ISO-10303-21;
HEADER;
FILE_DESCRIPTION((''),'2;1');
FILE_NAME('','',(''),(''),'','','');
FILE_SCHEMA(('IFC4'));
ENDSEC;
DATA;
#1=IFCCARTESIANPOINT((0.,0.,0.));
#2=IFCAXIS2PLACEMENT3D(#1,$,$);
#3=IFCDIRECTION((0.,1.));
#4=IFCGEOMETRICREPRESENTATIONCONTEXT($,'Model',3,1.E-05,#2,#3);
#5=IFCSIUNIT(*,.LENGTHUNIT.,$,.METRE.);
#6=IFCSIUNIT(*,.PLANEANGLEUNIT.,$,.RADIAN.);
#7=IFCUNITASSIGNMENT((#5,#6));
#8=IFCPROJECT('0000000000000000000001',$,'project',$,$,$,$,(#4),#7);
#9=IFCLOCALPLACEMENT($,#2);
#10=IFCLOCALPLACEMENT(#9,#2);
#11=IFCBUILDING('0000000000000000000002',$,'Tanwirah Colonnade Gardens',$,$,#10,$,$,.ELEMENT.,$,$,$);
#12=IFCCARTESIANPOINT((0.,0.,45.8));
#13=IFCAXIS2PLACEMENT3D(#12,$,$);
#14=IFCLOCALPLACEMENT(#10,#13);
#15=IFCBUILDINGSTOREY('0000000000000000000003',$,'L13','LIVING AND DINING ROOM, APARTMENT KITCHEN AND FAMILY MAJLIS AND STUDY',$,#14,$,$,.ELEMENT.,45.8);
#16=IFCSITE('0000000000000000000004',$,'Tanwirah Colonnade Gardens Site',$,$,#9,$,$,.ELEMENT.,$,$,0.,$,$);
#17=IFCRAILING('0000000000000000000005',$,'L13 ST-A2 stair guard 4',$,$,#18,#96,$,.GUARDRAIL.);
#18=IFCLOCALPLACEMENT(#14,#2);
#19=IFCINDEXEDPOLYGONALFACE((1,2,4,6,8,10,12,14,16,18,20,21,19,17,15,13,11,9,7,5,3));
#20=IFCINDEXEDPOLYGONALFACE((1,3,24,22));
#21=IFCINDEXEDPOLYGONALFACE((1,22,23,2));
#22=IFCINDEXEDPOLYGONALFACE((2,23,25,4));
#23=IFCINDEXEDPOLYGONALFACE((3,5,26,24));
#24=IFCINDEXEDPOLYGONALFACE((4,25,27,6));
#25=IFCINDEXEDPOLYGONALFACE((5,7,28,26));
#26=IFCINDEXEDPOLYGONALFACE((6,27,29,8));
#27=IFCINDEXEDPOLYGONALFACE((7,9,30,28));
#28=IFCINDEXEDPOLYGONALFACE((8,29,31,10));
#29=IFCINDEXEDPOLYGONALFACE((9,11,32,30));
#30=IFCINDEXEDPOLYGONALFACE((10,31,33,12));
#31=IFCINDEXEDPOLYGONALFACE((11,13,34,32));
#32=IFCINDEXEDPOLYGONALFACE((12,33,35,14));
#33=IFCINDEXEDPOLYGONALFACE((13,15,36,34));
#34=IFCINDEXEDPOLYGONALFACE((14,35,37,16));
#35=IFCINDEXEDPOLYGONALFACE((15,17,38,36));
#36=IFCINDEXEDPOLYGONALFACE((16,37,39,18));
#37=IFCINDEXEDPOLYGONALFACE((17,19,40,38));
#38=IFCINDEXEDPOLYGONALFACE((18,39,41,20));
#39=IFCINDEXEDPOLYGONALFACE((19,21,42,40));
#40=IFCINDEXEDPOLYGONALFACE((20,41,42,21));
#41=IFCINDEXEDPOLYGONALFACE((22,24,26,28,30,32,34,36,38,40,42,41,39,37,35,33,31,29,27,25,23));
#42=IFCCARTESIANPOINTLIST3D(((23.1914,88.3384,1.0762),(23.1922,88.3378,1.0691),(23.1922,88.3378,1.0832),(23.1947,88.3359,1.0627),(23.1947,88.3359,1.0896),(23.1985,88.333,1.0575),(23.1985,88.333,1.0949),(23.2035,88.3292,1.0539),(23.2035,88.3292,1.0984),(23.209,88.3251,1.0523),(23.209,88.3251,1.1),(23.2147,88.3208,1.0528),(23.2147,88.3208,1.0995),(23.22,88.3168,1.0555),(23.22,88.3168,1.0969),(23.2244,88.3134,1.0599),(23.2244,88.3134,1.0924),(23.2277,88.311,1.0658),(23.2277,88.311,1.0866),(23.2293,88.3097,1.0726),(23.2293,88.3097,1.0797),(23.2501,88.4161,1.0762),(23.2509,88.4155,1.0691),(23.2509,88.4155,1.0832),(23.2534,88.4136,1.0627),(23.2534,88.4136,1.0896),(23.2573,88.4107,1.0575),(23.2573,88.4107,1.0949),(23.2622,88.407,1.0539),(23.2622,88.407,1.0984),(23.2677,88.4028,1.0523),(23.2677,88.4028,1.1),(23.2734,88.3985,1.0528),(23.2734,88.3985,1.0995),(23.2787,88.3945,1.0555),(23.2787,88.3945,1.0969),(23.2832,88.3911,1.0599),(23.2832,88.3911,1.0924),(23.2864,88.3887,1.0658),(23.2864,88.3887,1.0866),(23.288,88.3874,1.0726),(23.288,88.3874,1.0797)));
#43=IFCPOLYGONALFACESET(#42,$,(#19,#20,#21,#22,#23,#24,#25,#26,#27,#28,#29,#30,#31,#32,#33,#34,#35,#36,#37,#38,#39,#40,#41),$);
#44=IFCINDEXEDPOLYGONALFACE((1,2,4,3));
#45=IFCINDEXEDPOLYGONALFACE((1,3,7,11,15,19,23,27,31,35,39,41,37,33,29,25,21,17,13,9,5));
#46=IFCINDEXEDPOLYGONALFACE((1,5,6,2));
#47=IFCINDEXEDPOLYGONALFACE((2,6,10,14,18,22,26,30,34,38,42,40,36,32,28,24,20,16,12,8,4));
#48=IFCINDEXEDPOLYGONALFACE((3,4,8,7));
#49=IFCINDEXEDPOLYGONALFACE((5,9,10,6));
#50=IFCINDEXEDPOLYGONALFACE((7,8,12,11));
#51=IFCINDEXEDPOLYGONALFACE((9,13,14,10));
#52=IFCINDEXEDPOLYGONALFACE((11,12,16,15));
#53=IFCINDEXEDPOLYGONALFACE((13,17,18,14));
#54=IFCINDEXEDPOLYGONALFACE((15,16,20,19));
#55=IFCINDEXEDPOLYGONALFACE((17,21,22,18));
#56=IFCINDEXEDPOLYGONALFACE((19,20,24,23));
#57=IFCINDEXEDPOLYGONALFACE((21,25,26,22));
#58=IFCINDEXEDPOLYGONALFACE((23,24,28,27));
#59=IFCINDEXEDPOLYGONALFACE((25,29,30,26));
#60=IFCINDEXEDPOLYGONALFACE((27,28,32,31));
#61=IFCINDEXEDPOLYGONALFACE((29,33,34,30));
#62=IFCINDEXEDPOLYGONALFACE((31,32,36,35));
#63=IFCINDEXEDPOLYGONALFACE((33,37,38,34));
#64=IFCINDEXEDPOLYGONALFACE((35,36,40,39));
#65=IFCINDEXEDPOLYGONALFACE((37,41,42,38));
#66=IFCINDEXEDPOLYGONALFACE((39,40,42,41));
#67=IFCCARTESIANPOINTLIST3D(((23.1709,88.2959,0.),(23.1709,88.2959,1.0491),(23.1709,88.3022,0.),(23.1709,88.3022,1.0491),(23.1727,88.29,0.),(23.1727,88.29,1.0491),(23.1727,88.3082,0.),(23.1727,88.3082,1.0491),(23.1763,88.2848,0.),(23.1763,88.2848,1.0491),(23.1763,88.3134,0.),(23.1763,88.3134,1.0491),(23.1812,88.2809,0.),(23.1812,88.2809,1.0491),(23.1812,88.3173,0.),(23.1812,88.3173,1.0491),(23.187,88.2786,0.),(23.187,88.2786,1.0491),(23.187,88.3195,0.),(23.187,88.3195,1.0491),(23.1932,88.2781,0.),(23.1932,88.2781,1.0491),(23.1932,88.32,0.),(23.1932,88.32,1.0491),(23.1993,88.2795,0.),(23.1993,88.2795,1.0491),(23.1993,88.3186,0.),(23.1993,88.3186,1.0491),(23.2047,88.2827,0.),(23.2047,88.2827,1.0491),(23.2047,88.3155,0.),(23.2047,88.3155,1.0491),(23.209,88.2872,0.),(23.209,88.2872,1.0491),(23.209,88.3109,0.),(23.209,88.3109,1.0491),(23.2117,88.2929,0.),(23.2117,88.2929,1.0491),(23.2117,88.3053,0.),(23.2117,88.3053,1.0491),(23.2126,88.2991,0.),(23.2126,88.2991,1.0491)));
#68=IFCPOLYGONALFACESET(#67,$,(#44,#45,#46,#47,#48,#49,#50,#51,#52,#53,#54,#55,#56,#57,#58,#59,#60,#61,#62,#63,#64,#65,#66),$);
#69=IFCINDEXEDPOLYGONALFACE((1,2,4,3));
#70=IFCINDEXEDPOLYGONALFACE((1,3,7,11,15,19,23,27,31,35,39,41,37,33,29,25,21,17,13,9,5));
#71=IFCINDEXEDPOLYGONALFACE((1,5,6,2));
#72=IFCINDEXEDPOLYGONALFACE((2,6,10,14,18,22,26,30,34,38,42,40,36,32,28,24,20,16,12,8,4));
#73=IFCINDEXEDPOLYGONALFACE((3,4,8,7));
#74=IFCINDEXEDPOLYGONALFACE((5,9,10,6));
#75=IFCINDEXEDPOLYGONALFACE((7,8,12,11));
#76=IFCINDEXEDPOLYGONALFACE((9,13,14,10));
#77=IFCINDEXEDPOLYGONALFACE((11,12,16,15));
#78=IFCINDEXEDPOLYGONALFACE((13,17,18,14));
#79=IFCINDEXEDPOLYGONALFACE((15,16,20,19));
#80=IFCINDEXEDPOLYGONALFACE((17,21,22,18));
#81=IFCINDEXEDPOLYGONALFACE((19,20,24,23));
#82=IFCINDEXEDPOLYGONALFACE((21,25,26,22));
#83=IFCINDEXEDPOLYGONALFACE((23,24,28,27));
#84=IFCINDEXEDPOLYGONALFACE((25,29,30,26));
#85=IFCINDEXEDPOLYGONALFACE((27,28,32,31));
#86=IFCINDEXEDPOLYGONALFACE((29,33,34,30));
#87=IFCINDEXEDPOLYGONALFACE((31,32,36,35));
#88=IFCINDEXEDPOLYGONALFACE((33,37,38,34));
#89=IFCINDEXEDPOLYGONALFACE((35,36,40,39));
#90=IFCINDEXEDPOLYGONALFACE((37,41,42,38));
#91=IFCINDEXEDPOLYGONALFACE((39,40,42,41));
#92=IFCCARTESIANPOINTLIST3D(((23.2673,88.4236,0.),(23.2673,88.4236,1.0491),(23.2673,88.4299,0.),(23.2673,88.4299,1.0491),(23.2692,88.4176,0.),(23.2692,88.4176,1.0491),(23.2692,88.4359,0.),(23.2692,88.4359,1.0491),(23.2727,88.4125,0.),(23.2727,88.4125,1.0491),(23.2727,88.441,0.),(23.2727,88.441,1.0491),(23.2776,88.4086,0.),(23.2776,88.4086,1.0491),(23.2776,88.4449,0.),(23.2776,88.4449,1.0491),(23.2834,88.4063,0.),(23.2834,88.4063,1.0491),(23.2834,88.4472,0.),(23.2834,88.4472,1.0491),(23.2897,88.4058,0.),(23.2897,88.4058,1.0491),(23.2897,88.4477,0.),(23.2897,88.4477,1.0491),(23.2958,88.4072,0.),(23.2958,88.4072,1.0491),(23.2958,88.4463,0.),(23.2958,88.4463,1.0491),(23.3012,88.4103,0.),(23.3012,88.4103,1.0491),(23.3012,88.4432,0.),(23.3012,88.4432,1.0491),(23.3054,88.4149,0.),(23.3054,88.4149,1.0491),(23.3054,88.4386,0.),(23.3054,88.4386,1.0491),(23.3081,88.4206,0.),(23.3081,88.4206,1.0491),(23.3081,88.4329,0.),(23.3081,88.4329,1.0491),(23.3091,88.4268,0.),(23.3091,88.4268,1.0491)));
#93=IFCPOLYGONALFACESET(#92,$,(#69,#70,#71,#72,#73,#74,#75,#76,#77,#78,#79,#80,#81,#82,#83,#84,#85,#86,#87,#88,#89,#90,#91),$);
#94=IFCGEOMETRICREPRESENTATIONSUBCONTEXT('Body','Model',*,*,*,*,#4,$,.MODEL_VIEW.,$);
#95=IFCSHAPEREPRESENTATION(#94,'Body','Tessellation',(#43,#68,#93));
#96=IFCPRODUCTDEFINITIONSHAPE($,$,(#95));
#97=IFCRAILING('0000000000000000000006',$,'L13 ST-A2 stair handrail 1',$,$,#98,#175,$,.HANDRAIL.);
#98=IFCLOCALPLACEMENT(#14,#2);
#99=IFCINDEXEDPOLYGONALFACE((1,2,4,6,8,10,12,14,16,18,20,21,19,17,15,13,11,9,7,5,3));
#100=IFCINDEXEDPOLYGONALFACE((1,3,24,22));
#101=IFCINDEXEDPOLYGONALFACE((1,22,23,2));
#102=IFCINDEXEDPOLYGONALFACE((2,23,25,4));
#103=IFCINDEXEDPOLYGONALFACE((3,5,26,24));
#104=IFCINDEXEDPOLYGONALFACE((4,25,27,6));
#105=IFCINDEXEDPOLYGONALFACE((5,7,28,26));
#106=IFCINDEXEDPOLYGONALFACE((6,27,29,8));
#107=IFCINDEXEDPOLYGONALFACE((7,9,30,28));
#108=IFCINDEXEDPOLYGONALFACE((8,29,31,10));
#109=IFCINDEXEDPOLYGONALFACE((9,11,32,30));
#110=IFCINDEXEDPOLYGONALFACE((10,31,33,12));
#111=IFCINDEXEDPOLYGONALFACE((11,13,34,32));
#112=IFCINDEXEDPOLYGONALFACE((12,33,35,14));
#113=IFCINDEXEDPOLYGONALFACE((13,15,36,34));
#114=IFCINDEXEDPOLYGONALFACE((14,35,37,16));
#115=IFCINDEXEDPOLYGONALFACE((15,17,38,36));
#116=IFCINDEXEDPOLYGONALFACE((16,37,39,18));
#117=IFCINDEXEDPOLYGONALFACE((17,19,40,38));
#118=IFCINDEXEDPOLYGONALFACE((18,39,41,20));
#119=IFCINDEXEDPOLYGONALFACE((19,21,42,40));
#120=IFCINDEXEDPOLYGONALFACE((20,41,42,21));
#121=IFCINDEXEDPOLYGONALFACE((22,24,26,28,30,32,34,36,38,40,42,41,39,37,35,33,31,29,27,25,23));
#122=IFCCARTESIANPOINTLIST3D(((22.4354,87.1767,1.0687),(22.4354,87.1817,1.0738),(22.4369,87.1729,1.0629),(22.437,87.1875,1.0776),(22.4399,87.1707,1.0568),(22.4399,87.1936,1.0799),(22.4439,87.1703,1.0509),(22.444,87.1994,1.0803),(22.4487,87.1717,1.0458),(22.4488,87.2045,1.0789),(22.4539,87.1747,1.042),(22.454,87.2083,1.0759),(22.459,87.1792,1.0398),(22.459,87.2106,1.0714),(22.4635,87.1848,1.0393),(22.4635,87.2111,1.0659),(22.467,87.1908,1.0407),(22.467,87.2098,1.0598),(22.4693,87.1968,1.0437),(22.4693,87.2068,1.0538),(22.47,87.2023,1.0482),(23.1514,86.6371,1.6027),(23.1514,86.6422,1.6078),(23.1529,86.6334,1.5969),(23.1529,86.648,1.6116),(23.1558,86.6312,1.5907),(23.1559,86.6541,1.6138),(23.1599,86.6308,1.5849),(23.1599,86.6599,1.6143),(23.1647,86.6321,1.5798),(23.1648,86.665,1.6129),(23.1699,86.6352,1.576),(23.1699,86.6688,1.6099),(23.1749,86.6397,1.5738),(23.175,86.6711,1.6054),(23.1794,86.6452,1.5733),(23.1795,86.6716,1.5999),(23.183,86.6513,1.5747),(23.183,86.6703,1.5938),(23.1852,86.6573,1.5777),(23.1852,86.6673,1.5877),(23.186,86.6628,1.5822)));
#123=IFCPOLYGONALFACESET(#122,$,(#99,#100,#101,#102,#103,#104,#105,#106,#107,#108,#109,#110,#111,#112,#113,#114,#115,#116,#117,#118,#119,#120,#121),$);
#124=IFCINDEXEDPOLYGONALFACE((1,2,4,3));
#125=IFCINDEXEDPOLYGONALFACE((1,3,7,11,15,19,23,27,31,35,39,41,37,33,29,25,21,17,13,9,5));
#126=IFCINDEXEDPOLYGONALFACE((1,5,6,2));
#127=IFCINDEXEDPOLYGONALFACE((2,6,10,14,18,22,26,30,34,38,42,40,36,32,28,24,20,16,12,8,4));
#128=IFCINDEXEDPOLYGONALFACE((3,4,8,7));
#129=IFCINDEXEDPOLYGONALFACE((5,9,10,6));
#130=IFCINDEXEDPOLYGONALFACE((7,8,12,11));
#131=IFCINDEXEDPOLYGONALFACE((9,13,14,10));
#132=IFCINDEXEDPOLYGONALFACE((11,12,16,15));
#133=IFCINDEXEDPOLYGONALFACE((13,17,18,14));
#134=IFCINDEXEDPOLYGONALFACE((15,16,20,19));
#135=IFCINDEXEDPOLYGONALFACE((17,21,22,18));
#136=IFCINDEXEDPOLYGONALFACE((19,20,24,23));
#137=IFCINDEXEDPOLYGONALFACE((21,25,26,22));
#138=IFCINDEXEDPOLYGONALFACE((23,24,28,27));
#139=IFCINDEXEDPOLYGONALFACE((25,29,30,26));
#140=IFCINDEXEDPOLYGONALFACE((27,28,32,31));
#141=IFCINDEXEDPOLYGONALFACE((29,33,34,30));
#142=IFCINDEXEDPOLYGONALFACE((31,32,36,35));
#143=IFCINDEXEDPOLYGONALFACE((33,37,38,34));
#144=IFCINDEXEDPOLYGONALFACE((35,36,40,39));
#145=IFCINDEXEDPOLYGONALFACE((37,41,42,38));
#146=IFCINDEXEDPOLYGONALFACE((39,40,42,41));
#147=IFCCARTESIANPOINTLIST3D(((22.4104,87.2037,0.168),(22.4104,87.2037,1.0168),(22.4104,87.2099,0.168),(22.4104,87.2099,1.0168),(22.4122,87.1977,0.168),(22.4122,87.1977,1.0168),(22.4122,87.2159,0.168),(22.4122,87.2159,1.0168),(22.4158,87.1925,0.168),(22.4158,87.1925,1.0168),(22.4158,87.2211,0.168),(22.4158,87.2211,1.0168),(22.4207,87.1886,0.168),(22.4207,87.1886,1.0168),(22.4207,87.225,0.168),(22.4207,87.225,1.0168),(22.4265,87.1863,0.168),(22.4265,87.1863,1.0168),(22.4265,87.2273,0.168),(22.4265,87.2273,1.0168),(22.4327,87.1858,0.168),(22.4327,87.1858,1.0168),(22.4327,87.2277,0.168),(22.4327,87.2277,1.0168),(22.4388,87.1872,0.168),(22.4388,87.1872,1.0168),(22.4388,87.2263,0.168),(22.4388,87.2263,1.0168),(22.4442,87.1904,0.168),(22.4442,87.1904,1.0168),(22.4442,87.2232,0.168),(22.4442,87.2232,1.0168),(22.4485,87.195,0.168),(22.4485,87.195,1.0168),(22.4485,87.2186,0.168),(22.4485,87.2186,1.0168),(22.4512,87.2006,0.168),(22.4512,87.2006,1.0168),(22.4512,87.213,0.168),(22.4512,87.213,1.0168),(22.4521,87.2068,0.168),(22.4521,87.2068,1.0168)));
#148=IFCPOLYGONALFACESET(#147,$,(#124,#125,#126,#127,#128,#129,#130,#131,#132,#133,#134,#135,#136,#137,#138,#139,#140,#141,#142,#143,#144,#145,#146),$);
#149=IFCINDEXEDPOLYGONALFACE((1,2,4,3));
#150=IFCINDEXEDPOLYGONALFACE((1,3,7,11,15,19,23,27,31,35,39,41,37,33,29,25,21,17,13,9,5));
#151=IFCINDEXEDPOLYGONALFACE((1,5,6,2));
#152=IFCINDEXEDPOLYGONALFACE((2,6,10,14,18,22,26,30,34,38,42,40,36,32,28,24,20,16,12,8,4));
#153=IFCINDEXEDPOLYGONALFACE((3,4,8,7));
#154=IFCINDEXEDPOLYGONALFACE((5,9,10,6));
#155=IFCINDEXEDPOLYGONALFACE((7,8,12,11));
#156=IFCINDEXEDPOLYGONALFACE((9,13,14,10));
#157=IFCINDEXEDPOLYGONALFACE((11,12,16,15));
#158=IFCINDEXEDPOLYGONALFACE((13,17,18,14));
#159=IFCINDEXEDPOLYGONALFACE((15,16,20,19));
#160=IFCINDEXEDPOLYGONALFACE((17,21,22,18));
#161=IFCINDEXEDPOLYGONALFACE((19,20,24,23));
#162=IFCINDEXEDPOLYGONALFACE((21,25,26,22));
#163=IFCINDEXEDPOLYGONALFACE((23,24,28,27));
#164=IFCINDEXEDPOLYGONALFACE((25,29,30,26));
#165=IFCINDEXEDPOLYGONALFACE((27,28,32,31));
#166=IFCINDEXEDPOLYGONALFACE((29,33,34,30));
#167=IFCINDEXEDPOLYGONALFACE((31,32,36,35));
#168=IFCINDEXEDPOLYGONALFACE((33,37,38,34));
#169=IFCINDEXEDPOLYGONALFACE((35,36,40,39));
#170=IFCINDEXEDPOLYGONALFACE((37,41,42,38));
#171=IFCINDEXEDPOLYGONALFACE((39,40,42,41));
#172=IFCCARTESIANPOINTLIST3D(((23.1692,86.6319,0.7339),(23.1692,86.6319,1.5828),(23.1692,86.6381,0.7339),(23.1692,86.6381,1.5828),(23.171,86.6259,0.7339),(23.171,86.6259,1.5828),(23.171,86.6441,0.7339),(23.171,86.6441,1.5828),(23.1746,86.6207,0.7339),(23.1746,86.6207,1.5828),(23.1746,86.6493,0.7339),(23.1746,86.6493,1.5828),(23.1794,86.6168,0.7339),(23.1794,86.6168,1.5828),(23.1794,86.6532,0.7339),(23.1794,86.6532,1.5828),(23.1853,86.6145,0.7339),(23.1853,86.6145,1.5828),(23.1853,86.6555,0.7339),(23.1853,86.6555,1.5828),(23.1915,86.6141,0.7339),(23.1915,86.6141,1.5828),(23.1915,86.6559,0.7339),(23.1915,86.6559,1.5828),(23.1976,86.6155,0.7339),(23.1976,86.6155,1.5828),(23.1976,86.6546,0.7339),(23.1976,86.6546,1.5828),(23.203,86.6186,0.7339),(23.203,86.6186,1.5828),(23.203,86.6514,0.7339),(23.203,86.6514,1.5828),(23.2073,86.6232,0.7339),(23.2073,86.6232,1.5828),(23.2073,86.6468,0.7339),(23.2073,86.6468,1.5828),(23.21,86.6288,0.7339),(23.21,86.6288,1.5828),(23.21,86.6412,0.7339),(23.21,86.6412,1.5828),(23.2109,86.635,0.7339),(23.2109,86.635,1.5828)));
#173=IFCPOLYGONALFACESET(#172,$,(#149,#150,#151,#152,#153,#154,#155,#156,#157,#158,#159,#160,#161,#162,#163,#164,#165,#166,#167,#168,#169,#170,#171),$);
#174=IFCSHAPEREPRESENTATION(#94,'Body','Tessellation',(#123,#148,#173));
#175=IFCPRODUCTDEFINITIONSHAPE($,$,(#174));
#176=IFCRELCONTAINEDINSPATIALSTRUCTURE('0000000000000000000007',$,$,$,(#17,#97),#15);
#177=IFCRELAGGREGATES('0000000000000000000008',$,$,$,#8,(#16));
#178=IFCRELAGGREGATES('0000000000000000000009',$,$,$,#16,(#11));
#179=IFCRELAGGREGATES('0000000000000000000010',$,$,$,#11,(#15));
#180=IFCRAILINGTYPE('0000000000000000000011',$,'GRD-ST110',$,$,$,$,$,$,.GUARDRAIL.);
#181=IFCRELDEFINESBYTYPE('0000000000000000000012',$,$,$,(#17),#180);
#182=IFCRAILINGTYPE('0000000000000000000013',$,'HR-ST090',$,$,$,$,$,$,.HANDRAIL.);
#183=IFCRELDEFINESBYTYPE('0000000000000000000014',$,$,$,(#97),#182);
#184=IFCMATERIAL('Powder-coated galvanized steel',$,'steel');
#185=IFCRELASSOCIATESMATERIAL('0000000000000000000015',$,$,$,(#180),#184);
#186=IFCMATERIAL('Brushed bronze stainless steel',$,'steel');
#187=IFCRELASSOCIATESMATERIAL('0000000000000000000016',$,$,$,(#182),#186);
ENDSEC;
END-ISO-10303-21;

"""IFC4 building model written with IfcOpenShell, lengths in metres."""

from ifc_helpers import new_model, si_unit, direction, frame, origin, origin_2d, place, context, subcontext, project, spatial, circle, extrude, material, type_object, element, save


model = new_model("IFC4")

# Units and contexts
model_context = context("Model", 3, precision=1e-05, world=origin(), true_north=direction((0.0, 1.0)))
body_context = subcontext(model_context, "Body", "Model", "MODEL_VIEW")
ifc_project = project(units=[si_unit("LENGTHUNIT", "METRE"), si_unit("PLANEANGLEUNIT", "RADIAN")], contexts=[model_context])

# Site, building, storey
site_placement = place(None, origin())
site = spatial("IfcSite", under=ifc_project, at=site_placement, Name="Tanwirah Colonnade Gardens Site", CompositionType="ELEMENT", RefElevation=0.0)
building_placement = place(site_placement, origin())
building = spatial("IfcBuilding", under=site, at=building_placement, Name="Tanwirah Colonnade Gardens", CompositionType="ELEMENT")
storey_placement = place(building_placement, frame((0.0, 0.0, 45.8)))
storey = spatial("IfcBuildingStorey", under=building, at=storey_placement, Name="L13", Description="LIVING AND DINING ROOM, APARTMENT KITCHEN AND FAMILY MAJLIS AND STUDY", CompositionType="ELEMENT", Elevation=45.8)

# Railings
ifc_material_1 = material(Name="Powder-coated galvanized steel", Category="steel")
railing_type_1 = type_object("IfcRailingType", Name="GRD-ST110", PredefinedType="GUARDRAIL", material=ifc_material_1)
railing_1_placement = place(storey_placement, frame((23.1917, 88.2991, 0.0)))
element("IfcRailing", 1, at=railing_1_placement, inside=storey, type_object=railing_type_1, Name="L13 ST-A2 stair guard 4", PredefinedType="GUARDRAIL", context=body_context, shape_type="SweptSolid", body=[
    extrude(circle(Radius=0.0239, at=origin_2d()), frame((0.0188, 0.0249, 1.0762), z_axis=(0.602682, 0.797981, 0.0), x_axis=(-0.797981, 0.602682, 0.0)), (0.0, 0.0, 1.0), 0.0974),
    extrude(circle(Radius=0.021, at=origin_2d()), origin(), (0.0, 0.0, 1.0), 1.0491),
    extrude(circle(Radius=0.021, at=origin_2d()), frame((0.0964, 0.1277, 0.0)), (0.0, 0.0, 1.0), 1.0491),
])
ifc_material_2 = material(Name="Brushed bronze stainless steel", Category="steel")
railing_type_2 = type_object("IfcRailingType", Name="HR-ST090", PredefinedType="HANDRAIL", material=ifc_material_2)
railing_2_placement = place(storey_placement, frame((22.4312, 87.2068, 0.168)))
element("IfcRailing", 2, at=railing_2_placement, inside=storey, type_object=railing_type_2, Name="L13 ST-A2 stair handrail 1", PredefinedType="HANDRAIL", context=body_context, shape_type="SweptSolid", body=[
    extrude(circle(Radius=0.0239, at=origin_2d()), frame((0.0215, -0.0161, 0.8918), z_axis=(0.686145, -0.517037, 0.511739), x_axis=(0.601807, 0.798641, 0.0)), (0.0, 0.0, 1.0), 1.0435),
    extrude(circle(Radius=0.021, at=origin_2d()), origin(), (0.0, 0.0, 1.0), 0.8489),
    extrude(circle(Radius=0.021, at=origin_2d()), frame((0.7588, -0.5718, 0.5659)), (0.0, 0.0, 1.0), 0.8489),
])

save(model, "model.ifc")
